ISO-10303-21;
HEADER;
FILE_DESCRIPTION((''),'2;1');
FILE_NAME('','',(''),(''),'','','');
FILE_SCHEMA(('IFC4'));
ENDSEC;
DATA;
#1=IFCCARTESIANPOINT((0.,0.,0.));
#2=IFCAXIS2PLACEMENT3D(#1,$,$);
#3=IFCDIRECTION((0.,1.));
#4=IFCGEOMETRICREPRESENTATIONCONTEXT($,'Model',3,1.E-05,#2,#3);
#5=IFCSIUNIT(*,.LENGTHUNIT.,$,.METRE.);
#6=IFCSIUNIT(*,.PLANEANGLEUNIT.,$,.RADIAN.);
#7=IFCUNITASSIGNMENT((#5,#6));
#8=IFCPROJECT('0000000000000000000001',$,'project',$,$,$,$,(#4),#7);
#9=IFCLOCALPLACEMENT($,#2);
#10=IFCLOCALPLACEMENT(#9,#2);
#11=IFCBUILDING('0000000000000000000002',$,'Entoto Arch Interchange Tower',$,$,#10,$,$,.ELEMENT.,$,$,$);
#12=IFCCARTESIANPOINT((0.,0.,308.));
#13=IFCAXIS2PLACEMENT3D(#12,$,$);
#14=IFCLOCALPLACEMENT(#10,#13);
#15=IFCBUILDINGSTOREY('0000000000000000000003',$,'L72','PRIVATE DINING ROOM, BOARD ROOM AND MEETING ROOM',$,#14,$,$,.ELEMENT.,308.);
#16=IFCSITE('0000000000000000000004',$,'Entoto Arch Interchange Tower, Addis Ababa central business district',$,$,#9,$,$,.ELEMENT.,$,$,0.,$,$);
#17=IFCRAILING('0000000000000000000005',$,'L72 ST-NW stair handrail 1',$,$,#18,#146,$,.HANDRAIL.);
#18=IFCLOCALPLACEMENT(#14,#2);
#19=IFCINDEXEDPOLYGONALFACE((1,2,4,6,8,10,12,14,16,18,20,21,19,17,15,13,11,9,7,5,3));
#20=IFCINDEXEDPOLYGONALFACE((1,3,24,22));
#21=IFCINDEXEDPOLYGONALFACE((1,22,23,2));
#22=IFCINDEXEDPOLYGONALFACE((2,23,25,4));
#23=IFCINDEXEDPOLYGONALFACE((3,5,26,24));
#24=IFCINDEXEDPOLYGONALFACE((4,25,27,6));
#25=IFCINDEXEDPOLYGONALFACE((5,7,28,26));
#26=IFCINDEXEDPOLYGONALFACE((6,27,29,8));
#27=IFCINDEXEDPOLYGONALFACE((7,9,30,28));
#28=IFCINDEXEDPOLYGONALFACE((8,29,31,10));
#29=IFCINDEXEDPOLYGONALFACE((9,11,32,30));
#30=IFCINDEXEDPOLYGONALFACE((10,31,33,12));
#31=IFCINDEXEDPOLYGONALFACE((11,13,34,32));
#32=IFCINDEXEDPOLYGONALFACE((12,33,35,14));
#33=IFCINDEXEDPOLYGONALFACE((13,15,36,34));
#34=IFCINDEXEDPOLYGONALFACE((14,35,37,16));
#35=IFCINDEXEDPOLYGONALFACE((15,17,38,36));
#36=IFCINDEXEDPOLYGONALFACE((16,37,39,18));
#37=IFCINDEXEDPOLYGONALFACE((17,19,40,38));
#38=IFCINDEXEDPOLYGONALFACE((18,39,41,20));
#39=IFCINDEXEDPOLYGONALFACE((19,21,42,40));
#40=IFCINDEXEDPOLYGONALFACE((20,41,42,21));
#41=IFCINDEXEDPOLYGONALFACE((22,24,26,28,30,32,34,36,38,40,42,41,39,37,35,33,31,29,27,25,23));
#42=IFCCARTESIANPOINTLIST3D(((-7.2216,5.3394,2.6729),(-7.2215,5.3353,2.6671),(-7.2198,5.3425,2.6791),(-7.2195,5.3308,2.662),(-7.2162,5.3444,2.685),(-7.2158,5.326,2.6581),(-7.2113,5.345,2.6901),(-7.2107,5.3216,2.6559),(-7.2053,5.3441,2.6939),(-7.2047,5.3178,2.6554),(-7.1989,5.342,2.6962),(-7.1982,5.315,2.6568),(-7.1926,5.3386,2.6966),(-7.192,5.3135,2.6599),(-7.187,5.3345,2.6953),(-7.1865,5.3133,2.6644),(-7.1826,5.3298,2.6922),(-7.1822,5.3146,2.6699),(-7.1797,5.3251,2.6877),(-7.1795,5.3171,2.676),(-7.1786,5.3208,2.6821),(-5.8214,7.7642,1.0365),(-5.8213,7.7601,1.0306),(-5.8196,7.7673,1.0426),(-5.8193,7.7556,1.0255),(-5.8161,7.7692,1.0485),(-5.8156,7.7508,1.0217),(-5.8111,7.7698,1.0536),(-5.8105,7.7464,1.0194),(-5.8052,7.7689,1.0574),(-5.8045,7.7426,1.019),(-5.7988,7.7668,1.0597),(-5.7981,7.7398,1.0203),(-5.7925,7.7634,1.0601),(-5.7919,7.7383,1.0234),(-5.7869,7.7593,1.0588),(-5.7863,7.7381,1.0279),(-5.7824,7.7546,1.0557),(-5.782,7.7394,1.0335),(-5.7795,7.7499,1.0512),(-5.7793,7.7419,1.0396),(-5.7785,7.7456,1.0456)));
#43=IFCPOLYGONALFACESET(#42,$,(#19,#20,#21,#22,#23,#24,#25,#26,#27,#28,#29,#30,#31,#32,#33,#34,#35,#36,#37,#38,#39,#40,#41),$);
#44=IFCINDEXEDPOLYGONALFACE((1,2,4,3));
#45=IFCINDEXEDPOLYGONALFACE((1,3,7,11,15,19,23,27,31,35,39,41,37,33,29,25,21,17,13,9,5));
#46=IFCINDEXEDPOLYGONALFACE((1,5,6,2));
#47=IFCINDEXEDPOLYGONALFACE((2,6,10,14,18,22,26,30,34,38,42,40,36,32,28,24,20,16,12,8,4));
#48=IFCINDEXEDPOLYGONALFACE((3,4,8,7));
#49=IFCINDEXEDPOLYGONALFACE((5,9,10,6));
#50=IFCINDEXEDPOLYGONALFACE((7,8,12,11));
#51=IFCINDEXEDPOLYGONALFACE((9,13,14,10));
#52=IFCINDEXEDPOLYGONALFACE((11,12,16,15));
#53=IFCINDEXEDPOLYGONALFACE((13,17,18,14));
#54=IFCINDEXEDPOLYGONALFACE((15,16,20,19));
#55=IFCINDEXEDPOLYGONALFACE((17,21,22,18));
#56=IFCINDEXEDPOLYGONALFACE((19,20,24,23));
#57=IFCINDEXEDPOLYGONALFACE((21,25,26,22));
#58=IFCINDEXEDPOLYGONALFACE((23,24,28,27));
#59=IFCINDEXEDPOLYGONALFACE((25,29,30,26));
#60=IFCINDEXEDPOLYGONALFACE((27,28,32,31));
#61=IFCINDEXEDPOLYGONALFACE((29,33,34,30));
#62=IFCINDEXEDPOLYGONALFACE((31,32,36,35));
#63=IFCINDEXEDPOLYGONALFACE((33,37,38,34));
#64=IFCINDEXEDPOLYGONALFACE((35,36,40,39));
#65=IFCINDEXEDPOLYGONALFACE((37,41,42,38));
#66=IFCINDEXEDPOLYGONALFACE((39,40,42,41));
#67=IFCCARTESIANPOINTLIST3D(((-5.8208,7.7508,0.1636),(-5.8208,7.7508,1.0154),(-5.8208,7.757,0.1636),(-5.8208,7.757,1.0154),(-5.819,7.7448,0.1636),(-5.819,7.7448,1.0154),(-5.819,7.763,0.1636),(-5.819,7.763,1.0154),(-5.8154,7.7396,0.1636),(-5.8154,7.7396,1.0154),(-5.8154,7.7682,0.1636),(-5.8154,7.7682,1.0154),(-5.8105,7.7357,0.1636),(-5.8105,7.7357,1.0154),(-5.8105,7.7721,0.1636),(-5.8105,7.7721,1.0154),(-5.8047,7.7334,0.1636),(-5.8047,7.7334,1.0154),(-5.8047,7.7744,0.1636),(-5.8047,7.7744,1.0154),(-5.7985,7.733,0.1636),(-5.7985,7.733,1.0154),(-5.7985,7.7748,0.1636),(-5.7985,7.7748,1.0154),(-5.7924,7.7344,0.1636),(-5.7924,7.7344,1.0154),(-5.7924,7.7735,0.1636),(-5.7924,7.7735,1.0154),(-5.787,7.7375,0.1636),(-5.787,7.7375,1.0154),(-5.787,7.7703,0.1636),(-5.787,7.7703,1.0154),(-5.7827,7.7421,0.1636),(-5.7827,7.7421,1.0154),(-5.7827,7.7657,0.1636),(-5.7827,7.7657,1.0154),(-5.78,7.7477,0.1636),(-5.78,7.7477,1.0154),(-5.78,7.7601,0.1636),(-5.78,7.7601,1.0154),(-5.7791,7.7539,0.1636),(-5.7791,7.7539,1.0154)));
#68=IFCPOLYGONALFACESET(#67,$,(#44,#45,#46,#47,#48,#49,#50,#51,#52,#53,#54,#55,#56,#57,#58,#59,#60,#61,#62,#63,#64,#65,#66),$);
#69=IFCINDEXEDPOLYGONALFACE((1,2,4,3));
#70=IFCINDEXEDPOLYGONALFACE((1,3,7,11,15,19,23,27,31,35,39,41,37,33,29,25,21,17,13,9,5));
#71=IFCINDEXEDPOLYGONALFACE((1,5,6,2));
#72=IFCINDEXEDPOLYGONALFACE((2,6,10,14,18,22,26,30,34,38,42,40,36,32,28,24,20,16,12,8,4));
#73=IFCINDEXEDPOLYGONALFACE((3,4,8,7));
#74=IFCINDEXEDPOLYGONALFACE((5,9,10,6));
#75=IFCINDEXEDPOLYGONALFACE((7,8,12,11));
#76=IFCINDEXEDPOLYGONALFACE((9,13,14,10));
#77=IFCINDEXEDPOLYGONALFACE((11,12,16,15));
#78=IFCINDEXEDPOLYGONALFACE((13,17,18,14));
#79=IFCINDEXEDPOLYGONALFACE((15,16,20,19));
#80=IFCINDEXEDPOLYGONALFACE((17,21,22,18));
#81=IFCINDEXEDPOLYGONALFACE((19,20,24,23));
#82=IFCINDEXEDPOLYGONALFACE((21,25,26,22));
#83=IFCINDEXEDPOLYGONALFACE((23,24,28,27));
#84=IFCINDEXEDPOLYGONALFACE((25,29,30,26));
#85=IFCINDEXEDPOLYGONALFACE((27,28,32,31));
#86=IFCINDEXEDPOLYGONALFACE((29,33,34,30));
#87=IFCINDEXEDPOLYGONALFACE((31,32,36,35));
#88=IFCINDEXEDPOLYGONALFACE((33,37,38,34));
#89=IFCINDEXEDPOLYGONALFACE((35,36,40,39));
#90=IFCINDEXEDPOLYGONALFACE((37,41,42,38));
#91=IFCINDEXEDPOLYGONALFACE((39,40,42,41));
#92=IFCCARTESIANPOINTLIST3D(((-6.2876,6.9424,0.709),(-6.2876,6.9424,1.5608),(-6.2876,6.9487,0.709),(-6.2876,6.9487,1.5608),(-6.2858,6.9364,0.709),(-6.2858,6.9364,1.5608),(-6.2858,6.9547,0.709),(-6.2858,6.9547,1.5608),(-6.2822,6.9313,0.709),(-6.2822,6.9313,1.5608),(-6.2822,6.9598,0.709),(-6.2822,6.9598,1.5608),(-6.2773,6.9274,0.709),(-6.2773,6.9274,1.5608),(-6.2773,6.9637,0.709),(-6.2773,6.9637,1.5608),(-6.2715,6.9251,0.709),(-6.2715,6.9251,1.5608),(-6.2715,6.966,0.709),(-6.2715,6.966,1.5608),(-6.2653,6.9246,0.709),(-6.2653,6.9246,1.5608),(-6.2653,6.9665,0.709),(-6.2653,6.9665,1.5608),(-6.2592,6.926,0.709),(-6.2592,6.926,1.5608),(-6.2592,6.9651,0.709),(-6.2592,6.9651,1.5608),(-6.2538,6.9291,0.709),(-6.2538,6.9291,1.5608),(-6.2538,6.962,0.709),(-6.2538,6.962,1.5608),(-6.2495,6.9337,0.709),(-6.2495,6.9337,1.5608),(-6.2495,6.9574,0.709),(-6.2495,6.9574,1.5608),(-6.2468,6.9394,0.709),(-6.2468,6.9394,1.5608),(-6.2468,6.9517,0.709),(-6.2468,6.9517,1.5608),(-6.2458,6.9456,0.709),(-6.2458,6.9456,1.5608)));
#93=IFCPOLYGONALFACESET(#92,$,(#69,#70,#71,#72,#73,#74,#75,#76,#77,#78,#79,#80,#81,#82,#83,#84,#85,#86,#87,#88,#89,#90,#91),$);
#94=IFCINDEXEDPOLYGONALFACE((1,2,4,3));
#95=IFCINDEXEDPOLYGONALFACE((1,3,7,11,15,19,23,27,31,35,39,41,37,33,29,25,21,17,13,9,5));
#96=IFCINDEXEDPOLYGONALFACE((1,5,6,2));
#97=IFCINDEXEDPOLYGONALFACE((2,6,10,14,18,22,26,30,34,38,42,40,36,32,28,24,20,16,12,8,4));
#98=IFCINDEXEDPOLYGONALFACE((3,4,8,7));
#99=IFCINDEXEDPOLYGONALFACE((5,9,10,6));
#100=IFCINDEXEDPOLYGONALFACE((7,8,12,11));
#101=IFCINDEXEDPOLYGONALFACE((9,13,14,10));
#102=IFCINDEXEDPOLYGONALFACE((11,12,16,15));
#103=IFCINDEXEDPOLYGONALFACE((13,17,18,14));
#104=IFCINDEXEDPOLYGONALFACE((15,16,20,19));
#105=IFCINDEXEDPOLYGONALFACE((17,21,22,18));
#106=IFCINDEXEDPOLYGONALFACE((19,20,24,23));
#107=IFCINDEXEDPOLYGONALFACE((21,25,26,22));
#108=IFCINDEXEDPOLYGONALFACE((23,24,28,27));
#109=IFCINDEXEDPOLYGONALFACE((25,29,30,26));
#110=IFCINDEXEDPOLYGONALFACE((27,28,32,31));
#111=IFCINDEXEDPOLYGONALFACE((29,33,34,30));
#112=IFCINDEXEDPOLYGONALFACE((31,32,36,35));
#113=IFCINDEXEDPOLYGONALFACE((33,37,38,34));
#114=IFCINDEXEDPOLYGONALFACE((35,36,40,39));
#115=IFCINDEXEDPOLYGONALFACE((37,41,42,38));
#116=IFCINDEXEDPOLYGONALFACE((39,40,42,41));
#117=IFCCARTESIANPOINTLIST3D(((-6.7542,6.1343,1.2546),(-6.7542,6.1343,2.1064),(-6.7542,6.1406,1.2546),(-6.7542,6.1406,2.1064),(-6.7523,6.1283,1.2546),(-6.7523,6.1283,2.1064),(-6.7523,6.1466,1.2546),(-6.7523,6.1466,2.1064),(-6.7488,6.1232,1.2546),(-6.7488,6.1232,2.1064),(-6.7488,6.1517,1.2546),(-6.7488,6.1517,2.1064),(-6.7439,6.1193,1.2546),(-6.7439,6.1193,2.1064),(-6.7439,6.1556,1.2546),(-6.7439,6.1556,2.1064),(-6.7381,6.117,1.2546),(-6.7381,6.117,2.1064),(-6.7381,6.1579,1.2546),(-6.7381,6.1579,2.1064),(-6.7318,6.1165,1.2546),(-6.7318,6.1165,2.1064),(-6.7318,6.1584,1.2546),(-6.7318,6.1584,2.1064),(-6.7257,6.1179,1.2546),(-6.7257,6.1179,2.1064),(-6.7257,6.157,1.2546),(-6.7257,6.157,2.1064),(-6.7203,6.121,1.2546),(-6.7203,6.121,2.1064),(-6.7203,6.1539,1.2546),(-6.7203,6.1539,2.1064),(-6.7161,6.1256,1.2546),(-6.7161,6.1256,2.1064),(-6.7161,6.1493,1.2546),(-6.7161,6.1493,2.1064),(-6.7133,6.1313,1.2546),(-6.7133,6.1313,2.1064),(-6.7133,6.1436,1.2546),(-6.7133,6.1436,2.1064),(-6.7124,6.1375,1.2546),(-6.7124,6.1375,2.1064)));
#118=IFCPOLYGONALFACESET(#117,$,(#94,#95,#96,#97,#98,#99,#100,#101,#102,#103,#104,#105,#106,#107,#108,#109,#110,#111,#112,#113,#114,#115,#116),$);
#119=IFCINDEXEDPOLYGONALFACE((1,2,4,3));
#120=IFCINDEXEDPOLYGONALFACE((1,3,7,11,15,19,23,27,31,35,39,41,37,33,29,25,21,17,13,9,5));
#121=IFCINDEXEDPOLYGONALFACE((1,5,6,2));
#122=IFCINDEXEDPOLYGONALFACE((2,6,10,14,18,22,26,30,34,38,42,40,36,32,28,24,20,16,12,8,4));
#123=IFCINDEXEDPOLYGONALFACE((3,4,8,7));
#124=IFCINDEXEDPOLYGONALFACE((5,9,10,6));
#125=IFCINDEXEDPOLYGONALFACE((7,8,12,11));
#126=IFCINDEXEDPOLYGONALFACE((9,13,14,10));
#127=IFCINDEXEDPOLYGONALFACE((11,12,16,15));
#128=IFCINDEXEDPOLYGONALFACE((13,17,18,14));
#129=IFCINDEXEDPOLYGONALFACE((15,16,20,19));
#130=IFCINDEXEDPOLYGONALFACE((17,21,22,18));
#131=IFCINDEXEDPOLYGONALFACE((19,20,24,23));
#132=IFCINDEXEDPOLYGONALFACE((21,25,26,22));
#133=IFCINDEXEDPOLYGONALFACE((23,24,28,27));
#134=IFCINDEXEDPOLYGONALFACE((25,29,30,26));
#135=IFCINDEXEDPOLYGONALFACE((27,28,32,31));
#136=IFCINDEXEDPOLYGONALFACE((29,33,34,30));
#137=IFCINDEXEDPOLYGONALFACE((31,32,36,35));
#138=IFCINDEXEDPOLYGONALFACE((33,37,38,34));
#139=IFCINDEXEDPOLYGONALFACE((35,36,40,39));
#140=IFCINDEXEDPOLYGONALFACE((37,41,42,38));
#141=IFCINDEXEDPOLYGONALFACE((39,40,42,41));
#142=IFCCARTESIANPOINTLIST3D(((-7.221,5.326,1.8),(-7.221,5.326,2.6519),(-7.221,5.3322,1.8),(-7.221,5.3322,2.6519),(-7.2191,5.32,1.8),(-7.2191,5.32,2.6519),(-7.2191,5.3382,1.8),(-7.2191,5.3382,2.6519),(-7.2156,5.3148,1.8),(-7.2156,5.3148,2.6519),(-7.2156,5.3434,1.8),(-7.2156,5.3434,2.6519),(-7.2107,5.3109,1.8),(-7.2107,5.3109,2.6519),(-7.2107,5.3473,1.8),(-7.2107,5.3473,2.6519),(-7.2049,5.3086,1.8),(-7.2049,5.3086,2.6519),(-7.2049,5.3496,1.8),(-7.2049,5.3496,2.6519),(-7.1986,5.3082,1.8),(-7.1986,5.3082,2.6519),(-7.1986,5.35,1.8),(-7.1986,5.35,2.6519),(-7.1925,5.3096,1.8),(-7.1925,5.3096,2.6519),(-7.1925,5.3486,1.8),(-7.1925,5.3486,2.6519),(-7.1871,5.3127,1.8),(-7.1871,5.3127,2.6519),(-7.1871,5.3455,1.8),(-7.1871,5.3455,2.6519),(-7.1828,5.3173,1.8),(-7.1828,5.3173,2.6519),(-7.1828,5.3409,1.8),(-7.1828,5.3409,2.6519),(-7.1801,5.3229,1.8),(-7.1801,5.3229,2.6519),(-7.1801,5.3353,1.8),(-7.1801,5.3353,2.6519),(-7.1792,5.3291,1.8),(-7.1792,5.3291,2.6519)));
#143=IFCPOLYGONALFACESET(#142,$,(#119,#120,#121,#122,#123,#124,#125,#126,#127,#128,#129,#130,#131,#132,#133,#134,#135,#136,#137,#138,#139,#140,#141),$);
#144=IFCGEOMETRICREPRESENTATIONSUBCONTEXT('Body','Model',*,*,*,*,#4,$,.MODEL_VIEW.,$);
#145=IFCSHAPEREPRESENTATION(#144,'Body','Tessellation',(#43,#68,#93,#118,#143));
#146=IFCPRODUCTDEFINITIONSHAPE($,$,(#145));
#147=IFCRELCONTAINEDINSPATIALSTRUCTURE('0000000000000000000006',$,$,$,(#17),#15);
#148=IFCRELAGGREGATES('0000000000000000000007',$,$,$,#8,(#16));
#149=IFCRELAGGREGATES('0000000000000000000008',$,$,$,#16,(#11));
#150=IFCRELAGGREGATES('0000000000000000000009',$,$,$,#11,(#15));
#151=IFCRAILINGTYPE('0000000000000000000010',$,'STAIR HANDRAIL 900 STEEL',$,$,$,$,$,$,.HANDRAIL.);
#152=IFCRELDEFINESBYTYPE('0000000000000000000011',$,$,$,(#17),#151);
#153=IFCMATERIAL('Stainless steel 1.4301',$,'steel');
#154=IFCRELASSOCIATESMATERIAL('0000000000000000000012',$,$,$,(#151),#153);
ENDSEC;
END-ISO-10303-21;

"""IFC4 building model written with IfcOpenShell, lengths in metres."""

from ifc_helpers import new_model, si_unit, direction, frame, origin, origin_2d, place, context, subcontext, project, spatial, circle, extrude, material, type_object, element, save


model = new_model("IFC4")

# Units and contexts
model_context = context("Model", 3, precision=1e-05, world=origin(), true_north=direction((0.0, 1.0)))
body_context = subcontext(model_context, "Body", "Model", "MODEL_VIEW")
ifc_project = project(units=[si_unit("LENGTHUNIT", "METRE"), si_unit("PLANEANGLEUNIT", "RADIAN")], contexts=[model_context])

# Site, building, storey
site_placement = place(None, origin())
site = spatial("IfcSite", under=ifc_project, at=site_placement, Name="Entoto Arch Interchange Tower, Addis Ababa central business district", CompositionType="ELEMENT", RefElevation=0.0)
building_placement = place(site_placement, origin())
building = spatial("IfcBuilding", under=site, at=building_placement, Name="Entoto Arch Interchange Tower", CompositionType="ELEMENT")
storey_placement = place(building_placement, frame((0.0, 0.0, 308.0)))
storey = spatial("IfcBuildingStorey", under=building, at=storey_placement, Name="L72", Description="PRIVATE DINING ROOM, BOARD ROOM AND MEETING ROOM", CompositionType="ELEMENT", Elevation=308.0)

# Railing
ifc_material_1 = material(Name="Stainless steel 1.4301", Category="steel")
railing_type_1 = type_object("IfcRailingType", Name="STAIR HANDRAIL 900 STEEL", PredefinedType="HANDRAIL", material=ifc_material_1)
railing_1_placement = place(storey_placement, frame((-5.8, 7.7539, 0.1636)))
element("IfcRailing", 1, at=railing_1_placement, inside=storey, type_object=railing_type_1, Name="L72 ST-NW stair handrail 1", PredefinedType="HANDRAIL", context=body_context, shape_type="SweptSolid", body=[
    extrude(circle(Radius=0.0239, at=origin_2d()), frame((0.0, 0.0, 0.876), z_axis=(-0.431722, -0.747666, 0.504591), x_axis=(0.865997, -0.50005, 0.0)), (0.0, 0.0, 1.0), 3.2432),
    extrude(circle(Radius=0.021, at=origin_2d()), origin(), (0.0, 0.0, 1.0), 0.8518),
    extrude(circle(Radius=0.021, at=origin_2d()), frame((-0.4668, -0.8083, 0.5454)), (0.0, 0.0, 1.0), 0.8518),
    extrude(circle(Radius=0.021, at=origin_2d()), frame((-0.9333, -1.6165, 1.0911)), (0.0, 0.0, 1.0), 0.8518),
    extrude(circle(Radius=0.021, at=origin_2d()), frame((-1.4001, -2.4248, 1.6365)), (0.0, 0.0, 1.0), 0.8518),
])

save(model, "model.ifc")
